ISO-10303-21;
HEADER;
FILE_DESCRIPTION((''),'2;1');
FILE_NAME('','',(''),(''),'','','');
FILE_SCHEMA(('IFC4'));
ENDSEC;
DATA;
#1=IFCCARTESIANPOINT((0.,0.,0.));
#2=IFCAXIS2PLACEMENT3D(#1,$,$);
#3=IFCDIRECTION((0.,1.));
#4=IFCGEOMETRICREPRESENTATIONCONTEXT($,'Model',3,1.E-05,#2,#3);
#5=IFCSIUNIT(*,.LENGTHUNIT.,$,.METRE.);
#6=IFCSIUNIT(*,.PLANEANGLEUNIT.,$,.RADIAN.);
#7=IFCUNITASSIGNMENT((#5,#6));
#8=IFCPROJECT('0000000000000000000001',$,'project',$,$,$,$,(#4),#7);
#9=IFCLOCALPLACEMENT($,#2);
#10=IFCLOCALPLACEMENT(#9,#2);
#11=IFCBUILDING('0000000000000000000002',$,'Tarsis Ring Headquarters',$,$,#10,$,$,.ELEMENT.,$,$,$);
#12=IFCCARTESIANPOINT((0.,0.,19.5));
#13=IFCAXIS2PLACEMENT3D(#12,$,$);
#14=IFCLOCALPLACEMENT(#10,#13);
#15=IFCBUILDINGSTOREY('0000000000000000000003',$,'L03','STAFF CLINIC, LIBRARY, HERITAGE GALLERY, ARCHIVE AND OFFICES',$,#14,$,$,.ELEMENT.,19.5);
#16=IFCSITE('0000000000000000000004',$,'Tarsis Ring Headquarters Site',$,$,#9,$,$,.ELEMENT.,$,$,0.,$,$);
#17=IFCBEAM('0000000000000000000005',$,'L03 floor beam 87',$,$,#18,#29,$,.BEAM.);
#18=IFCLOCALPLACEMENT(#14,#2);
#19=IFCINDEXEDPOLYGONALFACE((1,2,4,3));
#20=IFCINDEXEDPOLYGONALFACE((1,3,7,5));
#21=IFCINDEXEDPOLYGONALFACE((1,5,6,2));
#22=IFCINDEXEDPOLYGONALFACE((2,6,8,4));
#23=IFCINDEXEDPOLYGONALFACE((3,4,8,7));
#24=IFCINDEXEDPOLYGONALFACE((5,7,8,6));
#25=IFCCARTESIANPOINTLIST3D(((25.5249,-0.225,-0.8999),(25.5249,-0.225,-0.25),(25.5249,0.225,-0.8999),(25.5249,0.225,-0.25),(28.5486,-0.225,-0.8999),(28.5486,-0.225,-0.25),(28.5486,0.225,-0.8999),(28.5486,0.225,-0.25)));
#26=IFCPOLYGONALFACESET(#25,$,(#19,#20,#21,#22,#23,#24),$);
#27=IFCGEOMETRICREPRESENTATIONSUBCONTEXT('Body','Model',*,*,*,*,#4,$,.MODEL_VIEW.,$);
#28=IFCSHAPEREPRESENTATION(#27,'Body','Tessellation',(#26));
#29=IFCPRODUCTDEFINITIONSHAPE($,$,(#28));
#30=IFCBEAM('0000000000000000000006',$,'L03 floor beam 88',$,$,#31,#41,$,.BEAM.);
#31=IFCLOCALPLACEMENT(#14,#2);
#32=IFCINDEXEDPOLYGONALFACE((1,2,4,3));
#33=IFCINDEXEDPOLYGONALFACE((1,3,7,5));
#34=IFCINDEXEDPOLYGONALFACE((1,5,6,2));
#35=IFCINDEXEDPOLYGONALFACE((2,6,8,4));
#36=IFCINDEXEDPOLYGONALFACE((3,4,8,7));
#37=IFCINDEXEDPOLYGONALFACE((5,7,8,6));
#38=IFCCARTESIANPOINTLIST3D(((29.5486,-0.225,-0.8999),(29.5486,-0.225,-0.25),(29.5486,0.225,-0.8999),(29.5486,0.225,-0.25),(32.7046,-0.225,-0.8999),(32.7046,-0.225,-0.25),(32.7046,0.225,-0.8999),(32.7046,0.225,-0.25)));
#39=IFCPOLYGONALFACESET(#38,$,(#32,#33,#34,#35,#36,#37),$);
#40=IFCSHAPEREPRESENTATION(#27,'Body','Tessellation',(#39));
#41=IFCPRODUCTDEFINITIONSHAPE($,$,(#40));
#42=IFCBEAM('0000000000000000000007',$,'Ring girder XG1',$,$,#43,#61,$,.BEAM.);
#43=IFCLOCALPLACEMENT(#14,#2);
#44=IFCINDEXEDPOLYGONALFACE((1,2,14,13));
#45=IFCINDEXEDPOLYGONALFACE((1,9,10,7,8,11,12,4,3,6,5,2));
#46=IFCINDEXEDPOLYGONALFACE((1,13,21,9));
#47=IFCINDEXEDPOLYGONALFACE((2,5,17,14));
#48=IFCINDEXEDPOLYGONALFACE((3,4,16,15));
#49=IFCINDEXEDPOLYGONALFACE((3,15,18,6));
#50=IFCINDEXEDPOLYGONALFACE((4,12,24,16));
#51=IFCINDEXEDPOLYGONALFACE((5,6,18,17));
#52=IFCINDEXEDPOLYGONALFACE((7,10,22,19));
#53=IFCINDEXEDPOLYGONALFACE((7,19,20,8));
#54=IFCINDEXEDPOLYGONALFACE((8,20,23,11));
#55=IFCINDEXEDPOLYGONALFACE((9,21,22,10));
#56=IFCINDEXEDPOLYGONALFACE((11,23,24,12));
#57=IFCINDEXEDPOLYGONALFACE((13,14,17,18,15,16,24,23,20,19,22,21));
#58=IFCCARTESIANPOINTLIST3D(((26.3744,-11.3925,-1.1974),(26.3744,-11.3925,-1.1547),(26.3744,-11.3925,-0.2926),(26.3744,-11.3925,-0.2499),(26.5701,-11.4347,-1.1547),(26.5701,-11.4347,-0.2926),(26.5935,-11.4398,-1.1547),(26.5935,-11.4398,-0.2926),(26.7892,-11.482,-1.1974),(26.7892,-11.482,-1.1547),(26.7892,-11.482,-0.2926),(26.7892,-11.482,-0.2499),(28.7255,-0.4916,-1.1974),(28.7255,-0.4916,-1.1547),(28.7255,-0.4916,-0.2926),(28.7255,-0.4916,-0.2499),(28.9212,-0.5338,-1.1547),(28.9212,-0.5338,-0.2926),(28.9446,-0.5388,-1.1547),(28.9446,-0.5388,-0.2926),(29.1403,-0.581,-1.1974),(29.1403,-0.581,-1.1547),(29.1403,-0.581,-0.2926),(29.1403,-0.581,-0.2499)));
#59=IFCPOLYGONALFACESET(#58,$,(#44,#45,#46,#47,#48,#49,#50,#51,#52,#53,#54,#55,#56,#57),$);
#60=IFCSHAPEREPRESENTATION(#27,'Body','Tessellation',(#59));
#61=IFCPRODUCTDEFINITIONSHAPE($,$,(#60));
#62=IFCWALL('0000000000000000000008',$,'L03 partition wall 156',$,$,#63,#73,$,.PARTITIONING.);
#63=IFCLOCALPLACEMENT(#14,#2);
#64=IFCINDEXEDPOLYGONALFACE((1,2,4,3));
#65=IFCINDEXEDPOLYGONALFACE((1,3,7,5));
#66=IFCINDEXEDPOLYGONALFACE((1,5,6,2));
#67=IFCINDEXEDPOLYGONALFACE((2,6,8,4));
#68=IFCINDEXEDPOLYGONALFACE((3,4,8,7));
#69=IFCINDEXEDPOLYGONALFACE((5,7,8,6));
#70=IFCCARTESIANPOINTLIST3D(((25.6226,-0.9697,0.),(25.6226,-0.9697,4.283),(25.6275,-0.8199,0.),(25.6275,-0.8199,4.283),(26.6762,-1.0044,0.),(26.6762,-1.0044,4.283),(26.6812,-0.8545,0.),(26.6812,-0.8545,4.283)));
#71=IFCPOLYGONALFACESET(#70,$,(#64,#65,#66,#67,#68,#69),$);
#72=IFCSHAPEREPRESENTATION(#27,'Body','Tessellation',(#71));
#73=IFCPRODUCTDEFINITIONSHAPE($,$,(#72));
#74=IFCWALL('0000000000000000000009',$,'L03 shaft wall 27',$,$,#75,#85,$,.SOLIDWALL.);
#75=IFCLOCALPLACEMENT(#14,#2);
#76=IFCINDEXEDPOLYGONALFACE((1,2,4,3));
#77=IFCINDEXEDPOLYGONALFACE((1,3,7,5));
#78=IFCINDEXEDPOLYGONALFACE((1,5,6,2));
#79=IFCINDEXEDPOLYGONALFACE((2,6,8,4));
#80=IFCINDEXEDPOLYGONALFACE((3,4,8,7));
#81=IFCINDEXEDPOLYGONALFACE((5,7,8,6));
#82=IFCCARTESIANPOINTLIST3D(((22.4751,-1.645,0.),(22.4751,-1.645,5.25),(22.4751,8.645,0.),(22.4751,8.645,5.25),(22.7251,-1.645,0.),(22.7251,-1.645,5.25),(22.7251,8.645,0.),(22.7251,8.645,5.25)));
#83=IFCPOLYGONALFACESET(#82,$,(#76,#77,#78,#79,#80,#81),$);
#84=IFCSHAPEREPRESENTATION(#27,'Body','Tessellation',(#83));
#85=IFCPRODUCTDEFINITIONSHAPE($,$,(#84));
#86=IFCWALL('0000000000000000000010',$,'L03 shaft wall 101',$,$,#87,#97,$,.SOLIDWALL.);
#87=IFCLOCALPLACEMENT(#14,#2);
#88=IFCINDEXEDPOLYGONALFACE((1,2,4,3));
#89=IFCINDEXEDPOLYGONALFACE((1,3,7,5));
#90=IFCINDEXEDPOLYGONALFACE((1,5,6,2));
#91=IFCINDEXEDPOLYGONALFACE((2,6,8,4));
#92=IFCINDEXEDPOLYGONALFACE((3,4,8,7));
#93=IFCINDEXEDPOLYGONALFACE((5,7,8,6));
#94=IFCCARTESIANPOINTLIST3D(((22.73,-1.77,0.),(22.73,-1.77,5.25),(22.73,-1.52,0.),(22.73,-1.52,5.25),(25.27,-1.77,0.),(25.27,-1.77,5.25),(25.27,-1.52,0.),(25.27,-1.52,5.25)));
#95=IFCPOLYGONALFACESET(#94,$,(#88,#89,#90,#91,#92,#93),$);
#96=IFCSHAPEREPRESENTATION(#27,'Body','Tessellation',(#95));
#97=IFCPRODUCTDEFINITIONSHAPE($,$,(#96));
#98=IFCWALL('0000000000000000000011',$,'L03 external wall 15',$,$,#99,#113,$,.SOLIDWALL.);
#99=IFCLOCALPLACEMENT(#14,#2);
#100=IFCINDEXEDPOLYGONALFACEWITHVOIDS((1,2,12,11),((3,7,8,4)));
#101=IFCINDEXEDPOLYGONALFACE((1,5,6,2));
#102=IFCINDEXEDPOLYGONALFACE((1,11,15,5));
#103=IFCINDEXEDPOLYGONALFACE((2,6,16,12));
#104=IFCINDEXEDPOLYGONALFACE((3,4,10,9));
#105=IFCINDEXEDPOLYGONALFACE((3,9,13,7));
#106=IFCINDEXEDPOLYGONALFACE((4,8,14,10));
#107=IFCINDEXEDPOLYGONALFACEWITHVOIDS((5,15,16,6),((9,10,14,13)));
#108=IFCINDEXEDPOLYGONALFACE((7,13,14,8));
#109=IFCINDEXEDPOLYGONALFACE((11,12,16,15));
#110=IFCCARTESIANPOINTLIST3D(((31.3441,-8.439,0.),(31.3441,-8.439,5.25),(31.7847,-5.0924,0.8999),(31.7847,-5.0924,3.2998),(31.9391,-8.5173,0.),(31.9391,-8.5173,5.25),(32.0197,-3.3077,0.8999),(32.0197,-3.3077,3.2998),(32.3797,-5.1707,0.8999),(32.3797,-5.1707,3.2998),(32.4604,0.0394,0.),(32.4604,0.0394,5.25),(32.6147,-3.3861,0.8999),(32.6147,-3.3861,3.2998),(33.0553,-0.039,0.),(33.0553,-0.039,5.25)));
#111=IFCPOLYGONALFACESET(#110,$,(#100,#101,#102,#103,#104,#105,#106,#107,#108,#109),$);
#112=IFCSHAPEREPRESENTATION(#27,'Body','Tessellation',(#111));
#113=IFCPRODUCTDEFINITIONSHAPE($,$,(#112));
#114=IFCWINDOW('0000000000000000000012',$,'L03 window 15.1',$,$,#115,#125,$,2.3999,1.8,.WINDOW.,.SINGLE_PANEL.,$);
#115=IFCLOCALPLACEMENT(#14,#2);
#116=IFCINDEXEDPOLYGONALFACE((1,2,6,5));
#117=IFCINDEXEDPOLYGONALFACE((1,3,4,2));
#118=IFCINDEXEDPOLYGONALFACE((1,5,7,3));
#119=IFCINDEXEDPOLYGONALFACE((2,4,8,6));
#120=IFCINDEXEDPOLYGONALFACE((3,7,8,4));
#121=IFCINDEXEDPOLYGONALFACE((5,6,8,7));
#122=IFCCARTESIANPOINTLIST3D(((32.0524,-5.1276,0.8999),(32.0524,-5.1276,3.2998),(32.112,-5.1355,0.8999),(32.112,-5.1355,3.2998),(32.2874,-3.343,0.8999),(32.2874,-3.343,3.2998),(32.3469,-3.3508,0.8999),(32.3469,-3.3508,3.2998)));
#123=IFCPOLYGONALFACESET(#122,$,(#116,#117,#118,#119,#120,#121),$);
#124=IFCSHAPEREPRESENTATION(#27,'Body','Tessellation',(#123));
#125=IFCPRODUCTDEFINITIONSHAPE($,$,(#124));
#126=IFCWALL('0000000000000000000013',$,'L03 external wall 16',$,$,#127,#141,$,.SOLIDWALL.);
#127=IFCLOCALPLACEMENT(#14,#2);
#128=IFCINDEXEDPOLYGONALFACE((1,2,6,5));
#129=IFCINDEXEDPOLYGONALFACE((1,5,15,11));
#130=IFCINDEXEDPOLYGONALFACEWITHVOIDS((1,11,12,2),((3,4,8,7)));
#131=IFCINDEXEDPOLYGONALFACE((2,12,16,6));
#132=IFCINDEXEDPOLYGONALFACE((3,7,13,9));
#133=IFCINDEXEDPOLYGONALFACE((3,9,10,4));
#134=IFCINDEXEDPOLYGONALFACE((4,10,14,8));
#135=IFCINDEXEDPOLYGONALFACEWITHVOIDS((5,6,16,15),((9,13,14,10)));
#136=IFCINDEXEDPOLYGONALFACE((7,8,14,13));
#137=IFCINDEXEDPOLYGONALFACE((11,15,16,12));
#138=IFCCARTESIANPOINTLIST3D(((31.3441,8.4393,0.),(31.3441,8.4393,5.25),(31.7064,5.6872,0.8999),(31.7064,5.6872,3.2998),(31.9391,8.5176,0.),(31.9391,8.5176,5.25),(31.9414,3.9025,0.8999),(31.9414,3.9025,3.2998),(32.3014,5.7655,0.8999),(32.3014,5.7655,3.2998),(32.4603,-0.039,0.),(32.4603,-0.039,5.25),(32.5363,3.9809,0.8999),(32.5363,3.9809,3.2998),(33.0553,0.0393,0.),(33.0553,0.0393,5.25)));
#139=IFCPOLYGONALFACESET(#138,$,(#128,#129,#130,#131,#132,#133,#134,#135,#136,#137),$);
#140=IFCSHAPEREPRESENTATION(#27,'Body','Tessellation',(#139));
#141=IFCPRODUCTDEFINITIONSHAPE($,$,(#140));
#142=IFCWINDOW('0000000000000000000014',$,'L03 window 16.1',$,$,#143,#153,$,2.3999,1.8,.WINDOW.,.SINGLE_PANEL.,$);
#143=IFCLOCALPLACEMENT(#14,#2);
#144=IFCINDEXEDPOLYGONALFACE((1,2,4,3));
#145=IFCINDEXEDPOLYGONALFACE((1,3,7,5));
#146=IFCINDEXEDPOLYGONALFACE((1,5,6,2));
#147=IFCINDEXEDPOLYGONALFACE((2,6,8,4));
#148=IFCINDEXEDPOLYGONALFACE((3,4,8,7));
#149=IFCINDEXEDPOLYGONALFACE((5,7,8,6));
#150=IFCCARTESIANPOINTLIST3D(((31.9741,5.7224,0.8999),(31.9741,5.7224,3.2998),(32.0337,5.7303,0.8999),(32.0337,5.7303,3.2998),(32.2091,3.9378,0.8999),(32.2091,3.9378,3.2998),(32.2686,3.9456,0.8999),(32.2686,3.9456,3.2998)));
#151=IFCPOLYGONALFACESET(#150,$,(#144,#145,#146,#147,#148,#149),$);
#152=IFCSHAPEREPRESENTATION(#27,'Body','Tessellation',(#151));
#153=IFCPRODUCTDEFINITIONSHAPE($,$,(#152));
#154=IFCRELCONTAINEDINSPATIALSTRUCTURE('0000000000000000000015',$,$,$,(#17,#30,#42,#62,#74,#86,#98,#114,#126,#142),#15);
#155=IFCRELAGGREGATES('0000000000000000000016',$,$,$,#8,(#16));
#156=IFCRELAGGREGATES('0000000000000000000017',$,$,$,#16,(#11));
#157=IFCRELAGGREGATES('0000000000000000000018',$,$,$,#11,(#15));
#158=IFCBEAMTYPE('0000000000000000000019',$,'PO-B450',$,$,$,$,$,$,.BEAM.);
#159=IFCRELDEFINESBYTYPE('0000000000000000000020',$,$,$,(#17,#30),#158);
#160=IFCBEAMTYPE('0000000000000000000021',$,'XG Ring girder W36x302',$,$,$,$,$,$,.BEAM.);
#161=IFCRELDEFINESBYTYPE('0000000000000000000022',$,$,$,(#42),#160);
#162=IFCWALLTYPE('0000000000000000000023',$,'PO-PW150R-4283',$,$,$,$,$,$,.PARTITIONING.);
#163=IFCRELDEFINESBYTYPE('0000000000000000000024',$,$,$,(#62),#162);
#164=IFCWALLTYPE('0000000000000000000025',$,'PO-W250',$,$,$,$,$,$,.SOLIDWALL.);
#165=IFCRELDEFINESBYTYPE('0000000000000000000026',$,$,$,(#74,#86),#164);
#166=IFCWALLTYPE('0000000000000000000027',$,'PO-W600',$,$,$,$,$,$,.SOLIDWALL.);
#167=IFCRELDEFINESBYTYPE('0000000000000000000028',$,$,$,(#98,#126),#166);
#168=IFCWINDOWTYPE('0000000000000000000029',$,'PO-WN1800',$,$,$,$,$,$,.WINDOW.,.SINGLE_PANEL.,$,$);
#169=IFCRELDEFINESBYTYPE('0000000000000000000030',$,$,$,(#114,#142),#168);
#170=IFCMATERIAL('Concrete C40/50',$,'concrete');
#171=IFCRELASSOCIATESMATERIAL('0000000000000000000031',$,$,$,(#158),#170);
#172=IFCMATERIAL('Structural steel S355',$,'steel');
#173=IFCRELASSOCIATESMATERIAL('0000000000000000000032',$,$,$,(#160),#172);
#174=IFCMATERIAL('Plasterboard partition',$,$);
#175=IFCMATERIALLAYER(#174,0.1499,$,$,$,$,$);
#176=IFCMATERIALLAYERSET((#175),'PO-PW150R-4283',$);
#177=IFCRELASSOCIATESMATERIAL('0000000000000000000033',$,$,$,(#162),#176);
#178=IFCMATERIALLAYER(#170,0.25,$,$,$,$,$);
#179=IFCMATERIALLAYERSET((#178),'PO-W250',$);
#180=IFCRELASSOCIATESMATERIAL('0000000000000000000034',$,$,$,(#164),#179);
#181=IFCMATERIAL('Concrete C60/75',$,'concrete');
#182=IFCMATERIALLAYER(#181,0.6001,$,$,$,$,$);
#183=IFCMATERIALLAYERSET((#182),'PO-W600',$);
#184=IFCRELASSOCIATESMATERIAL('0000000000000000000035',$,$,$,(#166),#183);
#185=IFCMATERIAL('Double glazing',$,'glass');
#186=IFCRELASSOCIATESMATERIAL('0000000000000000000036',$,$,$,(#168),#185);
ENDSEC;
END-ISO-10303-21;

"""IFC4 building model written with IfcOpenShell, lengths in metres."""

from ifc_helpers import new_model, si_unit, direction, frame, frame_2d, origin, origin_2d, place, context, subcontext, project, spatial, rectangle, i_section, extrude, material, layer, layer_set, material_profile, profile_set, type_object, element, fill, save


model = new_model("IFC4")

# Units and contexts
model_context = context("Model", 3, precision=1e-05, world=origin(), true_north=direction((0.0, 1.0)))
body_context = subcontext(model_context, "Body", "Model", "MODEL_VIEW")
ifc_project = project(units=[si_unit("LENGTHUNIT", "METRE"), si_unit("PLANEANGLEUNIT", "RADIAN")], contexts=[model_context])

# Site, building, storey
site_placement = place(None, origin())
site = spatial("IfcSite", under=ifc_project, at=site_placement, Name="Tarsis Ring Headquarters Site", CompositionType="ELEMENT", RefElevation=0.0)
building_placement = place(site_placement, origin())
building = spatial("IfcBuilding", under=site, at=building_placement, Name="Tarsis Ring Headquarters", CompositionType="ELEMENT")
storey_placement = place(building_placement, frame((0.0, 0.0, 19.5)))
storey = spatial("IfcBuildingStorey", under=building, at=storey_placement, Name="L03", Description="STAFF CLINIC, LIBRARY, HERITAGE GALLERY, ARCHIVE AND OFFICES", CompositionType="ELEMENT", Elevation=19.5)

# Shared definitions
ifc_material_1 = material(Name="Concrete C60/75", Category="concrete")

# Beams
ifc_material_2 = material(Name="Concrete C40/50", Category="concrete")
ifc_material_profile_1 = material_profile(ifc_material_2, rectangle(XDim=0.45, YDim=0.6499, at=origin_2d()), Name="PO-B450")
ifc_profile_set_1 = profile_set([ifc_material_profile_1], Name="Concrete C40/50")
beam_type_1 = type_object("IfcBeamType", Name="PO-B450", PredefinedType="BEAM", material=ifc_profile_set_1)
beam_1_placement = place(storey_placement, frame((25.5249, 0.0, -0.575), z_axis=(1.0, 0.0, 0.0), x_axis=(0.0, 1.0, 0.0)))
element("IfcBeam", 1, at=beam_1_placement, inside=storey, type_object=beam_type_1, Name="L03 floor beam 87", PredefinedType="BEAM", context=body_context, shape_type="SweptSolid", body=[
    extrude(rectangle(XDim=0.45, YDim=0.6499, at=origin_2d()), origin(), (0.0, 0.0, 1.0), 3.0237),
])
beam_2_placement = place(storey_placement, frame((29.5486, 0.0, -0.575), z_axis=(1.0, 0.0, 0.0), x_axis=(0.0, 1.0, 0.0)))
element("IfcBeam", 2, at=beam_2_placement, inside=storey, type_object=beam_type_1, Name="L03 floor beam 88", PredefinedType="BEAM", context=body_context, shape_type="SweptSolid", body=[
    extrude(rectangle(XDim=0.45, YDim=0.6499, at=origin_2d()), origin(), (0.0, 0.0, 1.0), 3.156),
])
ifc_material_3 = material(Name="Structural steel S355", Category="steel")
ifc_material_profile_2 = material_profile(ifc_material_3, i_section(OverallWidth=0.4243, OverallDepth=0.9475, WebThickness=0.0239, FlangeThickness=0.0427, at=origin_2d()), Name="W36x302")
ifc_profile_set_2 = profile_set([ifc_material_profile_2], Name="Structural steel S355")
beam_type_2 = type_object("IfcBeamType", Name="XG Ring girder W36x302", PredefinedType="BEAM", material=ifc_profile_set_2)
beam_3_placement = place(storey_placement, frame((26.5818, -11.4373, -0.7236), z_axis=(0.21083, 0.977523, 0.0), x_axis=(-0.977523, 0.21083, 0.0)))
element("IfcBeam", 3, at=beam_3_placement, inside=storey, type_object=beam_type_2, Name="Ring girder XG1", PredefinedType="BEAM", context=body_context, shape_type="SweptSolid", body=[
    extrude(i_section(OverallWidth=0.4243, OverallDepth=0.9475, WebThickness=0.0239, FlangeThickness=0.0427, at=origin_2d()), origin(), (0.0, 0.0, 1.0), 11.1516),
])

# Walls
ifc_material_4 = material(Name="Plasterboard partition")
ifc_layer_1 = layer(ifc_material_4, 0.1499)
ifc_layer_set_1 = layer_set([ifc_layer_1], Name="PO-PW150R-4283")
wall_type_1 = type_object("IfcWallType", Name="PO-PW150R-4283", PredefinedType="PARTITIONING", material=ifc_layer_set_1)
wall_1_placement = place(storey_placement, frame((26.6787, -0.9294, 0.0), z_axis=(0.0, 0.0, 1.0), x_axis=(-0.999459, 0.032883, 0.0)))
element("IfcWall", 4, at=wall_1_placement, inside=storey, type_object=wall_type_1, Name="L03 partition wall 156", PredefinedType="PARTITIONING", context=body_context, shape_type="SweptSolid", body=[
    extrude(rectangle(XDim=1.0542, YDim=0.1499, at=frame_2d((0.5271, 0.0))), origin(), (0.0, 0.0, 1.0), 4.283),
])
ifc_layer_2 = layer(ifc_material_2, 0.25)
ifc_layer_set_2 = layer_set([ifc_layer_2], Name="PO-W250")
wall_type_2 = type_object("IfcWallType", Name="PO-W250", PredefinedType="SOLIDWALL", material=ifc_layer_set_2)
wall_2_placement = place(storey_placement, frame((22.6001, -1.645, 0.0), z_axis=(0.0, 0.0, 1.0), x_axis=(0.0, 1.0, 0.0)))
element("IfcWall", 5, at=wall_2_placement, inside=storey, type_object=wall_type_2, Name="L03 shaft wall 27", PredefinedType="SOLIDWALL", context=body_context, shape_type="SweptSolid", body=[
    extrude(rectangle(XDim=10.29, YDim=0.25, at=frame_2d((5.145, 0.0))), origin(), (0.0, 0.0, 1.0), 5.25),
])
wall_3_placement = place(storey_placement, frame((25.27, -1.645, 0.0), z_axis=(0.0, 0.0, 1.0), x_axis=(-1.0, 0.0, 0.0)))
element("IfcWall", 6, at=wall_3_placement, inside=storey, type_object=wall_type_2, Name="L03 shaft wall 101", PredefinedType="SOLIDWALL", context=body_context, shape_type="SweptSolid", body=[
    extrude(rectangle(XDim=2.54, YDim=0.25, at=frame_2d((1.27, 0.0))), origin(), (0.0, 0.0, 1.0), 5.25),
])

# Walls, openings, windows
ifc_layer_3 = layer(ifc_material_1, 0.6001)
ifc_layer_set_3 = layer_set([ifc_layer_3], Name="PO-W600")
wall_type_3 = type_object("IfcWallType", Name="PO-W600", PredefinedType="SOLIDWALL", material=ifc_layer_set_3)
wall_4_placement = place(storey_placement, frame((31.6416, -8.4783, 0.0), z_axis=(0.0, 0.0, 1.0), x_axis=(0.130529, 0.991444, 0.0)))
wall_4 = element("IfcWall", 7, at=wall_4_placement, inside=storey, type_object=wall_type_3, Name="L03 external wall 15", PredefinedType="SOLIDWALL", context=body_context, shape_type="SweptSolid", body=[
    extrude(rectangle(XDim=8.5515, YDim=0.6001, at=frame_2d((4.2759, 0.0))), origin(), (0.0, 0.0, 1.0), 5.25),
])
opening_1_placement = place(wall_4_placement, frame((3.3757, 0.0, 0.8999)))
opening_1 = element("IfcOpeningElement", 8, at=opening_1_placement, cuts=wall_4, PredefinedType="OPENING", context=body_context, shape_type="SweptSolid", body=[
    extrude(rectangle(XDim=1.8, YDim=2.3999, at=frame_2d((0.8999, 1.2))), frame((0.0, 0.3101, 0.0), z_axis=(0.0, -1.0, 0.0), x_axis=(1.0, 0.0, 0.0)), (0.0, 0.0, 1.0), 0.6201),
])
ifc_material_5 = material(Name="Double glazing", Category="glass")
window_type = type_object("IfcWindowType", Name="PO-WN1800", PartitioningType="SINGLE_PANEL", PredefinedType="WINDOW", material=ifc_material_5)
window_1_placement = place(opening_1_placement, origin())
window_1 = element("IfcWindow", 9, at=window_1_placement, inside=storey, type_object=window_type, Name="L03 window 15.1", OverallHeight=2.3999, OverallWidth=1.8, PartitioningType="SINGLE_PANEL", PredefinedType="WINDOW", context=body_context, shape_type="SweptSolid", body=[
    extrude(rectangle(XDim=1.8, YDim=2.3999, at=frame_2d((0.8999, 1.2))), frame((0.0, 0.03, 0.0), z_axis=(0.0, -1.0, 0.0), x_axis=(1.0, 0.0, 0.0)), (0.0, 0.0, 1.0), 0.0601),
])
fill(opening_1, window_1)
wall_5_placement = place(storey_placement, frame((32.7578, 0.0, 0.0), z_axis=(0.0, 0.0, 1.0), x_axis=(-0.130529, 0.991444, 0.0)))
wall_5 = element("IfcWall", 10, at=wall_5_placement, inside=storey, type_object=wall_type_3, Name="L03 external wall 16", PredefinedType="SOLIDWALL", context=body_context, shape_type="SweptSolid", body=[
    extrude(rectangle(XDim=8.5515, YDim=0.6001, at=frame_2d((4.2759, 0.0))), origin(), (0.0, 0.0, 1.0), 5.25),
])
opening_2_placement = place(wall_5_placement, frame((3.9758, 0.0, 0.8999)))
opening_2 = element("IfcOpeningElement", 11, at=opening_2_placement, cuts=wall_5, PredefinedType="OPENING", context=body_context, shape_type="SweptSolid", body=[
    extrude(rectangle(XDim=1.8, YDim=2.3999, at=frame_2d((0.8999, 1.2))), frame((0.0, 0.3101, 0.0), z_axis=(0.0, -1.0, 0.0), x_axis=(1.0, 0.0, 0.0)), (0.0, 0.0, 1.0), 0.6201),
])
window_2_placement = place(opening_2_placement, origin())
window_2 = element("IfcWindow", 12, at=window_2_placement, inside=storey, type_object=window_type, Name="L03 window 16.1", OverallHeight=2.3999, OverallWidth=1.8, PartitioningType="SINGLE_PANEL", PredefinedType="WINDOW", context=body_context, shape_type="SweptSolid", body=[
    extrude(rectangle(XDim=1.8, YDim=2.3999, at=frame_2d((0.8999, 1.2))), frame((0.0, 0.03, 0.0), z_axis=(0.0, -1.0, 0.0), x_axis=(1.0, 0.0, 0.0)), (0.0, 0.0, 1.0), 0.0601),
])
fill(opening_2, window_2)

save(model, "model.ifc")
